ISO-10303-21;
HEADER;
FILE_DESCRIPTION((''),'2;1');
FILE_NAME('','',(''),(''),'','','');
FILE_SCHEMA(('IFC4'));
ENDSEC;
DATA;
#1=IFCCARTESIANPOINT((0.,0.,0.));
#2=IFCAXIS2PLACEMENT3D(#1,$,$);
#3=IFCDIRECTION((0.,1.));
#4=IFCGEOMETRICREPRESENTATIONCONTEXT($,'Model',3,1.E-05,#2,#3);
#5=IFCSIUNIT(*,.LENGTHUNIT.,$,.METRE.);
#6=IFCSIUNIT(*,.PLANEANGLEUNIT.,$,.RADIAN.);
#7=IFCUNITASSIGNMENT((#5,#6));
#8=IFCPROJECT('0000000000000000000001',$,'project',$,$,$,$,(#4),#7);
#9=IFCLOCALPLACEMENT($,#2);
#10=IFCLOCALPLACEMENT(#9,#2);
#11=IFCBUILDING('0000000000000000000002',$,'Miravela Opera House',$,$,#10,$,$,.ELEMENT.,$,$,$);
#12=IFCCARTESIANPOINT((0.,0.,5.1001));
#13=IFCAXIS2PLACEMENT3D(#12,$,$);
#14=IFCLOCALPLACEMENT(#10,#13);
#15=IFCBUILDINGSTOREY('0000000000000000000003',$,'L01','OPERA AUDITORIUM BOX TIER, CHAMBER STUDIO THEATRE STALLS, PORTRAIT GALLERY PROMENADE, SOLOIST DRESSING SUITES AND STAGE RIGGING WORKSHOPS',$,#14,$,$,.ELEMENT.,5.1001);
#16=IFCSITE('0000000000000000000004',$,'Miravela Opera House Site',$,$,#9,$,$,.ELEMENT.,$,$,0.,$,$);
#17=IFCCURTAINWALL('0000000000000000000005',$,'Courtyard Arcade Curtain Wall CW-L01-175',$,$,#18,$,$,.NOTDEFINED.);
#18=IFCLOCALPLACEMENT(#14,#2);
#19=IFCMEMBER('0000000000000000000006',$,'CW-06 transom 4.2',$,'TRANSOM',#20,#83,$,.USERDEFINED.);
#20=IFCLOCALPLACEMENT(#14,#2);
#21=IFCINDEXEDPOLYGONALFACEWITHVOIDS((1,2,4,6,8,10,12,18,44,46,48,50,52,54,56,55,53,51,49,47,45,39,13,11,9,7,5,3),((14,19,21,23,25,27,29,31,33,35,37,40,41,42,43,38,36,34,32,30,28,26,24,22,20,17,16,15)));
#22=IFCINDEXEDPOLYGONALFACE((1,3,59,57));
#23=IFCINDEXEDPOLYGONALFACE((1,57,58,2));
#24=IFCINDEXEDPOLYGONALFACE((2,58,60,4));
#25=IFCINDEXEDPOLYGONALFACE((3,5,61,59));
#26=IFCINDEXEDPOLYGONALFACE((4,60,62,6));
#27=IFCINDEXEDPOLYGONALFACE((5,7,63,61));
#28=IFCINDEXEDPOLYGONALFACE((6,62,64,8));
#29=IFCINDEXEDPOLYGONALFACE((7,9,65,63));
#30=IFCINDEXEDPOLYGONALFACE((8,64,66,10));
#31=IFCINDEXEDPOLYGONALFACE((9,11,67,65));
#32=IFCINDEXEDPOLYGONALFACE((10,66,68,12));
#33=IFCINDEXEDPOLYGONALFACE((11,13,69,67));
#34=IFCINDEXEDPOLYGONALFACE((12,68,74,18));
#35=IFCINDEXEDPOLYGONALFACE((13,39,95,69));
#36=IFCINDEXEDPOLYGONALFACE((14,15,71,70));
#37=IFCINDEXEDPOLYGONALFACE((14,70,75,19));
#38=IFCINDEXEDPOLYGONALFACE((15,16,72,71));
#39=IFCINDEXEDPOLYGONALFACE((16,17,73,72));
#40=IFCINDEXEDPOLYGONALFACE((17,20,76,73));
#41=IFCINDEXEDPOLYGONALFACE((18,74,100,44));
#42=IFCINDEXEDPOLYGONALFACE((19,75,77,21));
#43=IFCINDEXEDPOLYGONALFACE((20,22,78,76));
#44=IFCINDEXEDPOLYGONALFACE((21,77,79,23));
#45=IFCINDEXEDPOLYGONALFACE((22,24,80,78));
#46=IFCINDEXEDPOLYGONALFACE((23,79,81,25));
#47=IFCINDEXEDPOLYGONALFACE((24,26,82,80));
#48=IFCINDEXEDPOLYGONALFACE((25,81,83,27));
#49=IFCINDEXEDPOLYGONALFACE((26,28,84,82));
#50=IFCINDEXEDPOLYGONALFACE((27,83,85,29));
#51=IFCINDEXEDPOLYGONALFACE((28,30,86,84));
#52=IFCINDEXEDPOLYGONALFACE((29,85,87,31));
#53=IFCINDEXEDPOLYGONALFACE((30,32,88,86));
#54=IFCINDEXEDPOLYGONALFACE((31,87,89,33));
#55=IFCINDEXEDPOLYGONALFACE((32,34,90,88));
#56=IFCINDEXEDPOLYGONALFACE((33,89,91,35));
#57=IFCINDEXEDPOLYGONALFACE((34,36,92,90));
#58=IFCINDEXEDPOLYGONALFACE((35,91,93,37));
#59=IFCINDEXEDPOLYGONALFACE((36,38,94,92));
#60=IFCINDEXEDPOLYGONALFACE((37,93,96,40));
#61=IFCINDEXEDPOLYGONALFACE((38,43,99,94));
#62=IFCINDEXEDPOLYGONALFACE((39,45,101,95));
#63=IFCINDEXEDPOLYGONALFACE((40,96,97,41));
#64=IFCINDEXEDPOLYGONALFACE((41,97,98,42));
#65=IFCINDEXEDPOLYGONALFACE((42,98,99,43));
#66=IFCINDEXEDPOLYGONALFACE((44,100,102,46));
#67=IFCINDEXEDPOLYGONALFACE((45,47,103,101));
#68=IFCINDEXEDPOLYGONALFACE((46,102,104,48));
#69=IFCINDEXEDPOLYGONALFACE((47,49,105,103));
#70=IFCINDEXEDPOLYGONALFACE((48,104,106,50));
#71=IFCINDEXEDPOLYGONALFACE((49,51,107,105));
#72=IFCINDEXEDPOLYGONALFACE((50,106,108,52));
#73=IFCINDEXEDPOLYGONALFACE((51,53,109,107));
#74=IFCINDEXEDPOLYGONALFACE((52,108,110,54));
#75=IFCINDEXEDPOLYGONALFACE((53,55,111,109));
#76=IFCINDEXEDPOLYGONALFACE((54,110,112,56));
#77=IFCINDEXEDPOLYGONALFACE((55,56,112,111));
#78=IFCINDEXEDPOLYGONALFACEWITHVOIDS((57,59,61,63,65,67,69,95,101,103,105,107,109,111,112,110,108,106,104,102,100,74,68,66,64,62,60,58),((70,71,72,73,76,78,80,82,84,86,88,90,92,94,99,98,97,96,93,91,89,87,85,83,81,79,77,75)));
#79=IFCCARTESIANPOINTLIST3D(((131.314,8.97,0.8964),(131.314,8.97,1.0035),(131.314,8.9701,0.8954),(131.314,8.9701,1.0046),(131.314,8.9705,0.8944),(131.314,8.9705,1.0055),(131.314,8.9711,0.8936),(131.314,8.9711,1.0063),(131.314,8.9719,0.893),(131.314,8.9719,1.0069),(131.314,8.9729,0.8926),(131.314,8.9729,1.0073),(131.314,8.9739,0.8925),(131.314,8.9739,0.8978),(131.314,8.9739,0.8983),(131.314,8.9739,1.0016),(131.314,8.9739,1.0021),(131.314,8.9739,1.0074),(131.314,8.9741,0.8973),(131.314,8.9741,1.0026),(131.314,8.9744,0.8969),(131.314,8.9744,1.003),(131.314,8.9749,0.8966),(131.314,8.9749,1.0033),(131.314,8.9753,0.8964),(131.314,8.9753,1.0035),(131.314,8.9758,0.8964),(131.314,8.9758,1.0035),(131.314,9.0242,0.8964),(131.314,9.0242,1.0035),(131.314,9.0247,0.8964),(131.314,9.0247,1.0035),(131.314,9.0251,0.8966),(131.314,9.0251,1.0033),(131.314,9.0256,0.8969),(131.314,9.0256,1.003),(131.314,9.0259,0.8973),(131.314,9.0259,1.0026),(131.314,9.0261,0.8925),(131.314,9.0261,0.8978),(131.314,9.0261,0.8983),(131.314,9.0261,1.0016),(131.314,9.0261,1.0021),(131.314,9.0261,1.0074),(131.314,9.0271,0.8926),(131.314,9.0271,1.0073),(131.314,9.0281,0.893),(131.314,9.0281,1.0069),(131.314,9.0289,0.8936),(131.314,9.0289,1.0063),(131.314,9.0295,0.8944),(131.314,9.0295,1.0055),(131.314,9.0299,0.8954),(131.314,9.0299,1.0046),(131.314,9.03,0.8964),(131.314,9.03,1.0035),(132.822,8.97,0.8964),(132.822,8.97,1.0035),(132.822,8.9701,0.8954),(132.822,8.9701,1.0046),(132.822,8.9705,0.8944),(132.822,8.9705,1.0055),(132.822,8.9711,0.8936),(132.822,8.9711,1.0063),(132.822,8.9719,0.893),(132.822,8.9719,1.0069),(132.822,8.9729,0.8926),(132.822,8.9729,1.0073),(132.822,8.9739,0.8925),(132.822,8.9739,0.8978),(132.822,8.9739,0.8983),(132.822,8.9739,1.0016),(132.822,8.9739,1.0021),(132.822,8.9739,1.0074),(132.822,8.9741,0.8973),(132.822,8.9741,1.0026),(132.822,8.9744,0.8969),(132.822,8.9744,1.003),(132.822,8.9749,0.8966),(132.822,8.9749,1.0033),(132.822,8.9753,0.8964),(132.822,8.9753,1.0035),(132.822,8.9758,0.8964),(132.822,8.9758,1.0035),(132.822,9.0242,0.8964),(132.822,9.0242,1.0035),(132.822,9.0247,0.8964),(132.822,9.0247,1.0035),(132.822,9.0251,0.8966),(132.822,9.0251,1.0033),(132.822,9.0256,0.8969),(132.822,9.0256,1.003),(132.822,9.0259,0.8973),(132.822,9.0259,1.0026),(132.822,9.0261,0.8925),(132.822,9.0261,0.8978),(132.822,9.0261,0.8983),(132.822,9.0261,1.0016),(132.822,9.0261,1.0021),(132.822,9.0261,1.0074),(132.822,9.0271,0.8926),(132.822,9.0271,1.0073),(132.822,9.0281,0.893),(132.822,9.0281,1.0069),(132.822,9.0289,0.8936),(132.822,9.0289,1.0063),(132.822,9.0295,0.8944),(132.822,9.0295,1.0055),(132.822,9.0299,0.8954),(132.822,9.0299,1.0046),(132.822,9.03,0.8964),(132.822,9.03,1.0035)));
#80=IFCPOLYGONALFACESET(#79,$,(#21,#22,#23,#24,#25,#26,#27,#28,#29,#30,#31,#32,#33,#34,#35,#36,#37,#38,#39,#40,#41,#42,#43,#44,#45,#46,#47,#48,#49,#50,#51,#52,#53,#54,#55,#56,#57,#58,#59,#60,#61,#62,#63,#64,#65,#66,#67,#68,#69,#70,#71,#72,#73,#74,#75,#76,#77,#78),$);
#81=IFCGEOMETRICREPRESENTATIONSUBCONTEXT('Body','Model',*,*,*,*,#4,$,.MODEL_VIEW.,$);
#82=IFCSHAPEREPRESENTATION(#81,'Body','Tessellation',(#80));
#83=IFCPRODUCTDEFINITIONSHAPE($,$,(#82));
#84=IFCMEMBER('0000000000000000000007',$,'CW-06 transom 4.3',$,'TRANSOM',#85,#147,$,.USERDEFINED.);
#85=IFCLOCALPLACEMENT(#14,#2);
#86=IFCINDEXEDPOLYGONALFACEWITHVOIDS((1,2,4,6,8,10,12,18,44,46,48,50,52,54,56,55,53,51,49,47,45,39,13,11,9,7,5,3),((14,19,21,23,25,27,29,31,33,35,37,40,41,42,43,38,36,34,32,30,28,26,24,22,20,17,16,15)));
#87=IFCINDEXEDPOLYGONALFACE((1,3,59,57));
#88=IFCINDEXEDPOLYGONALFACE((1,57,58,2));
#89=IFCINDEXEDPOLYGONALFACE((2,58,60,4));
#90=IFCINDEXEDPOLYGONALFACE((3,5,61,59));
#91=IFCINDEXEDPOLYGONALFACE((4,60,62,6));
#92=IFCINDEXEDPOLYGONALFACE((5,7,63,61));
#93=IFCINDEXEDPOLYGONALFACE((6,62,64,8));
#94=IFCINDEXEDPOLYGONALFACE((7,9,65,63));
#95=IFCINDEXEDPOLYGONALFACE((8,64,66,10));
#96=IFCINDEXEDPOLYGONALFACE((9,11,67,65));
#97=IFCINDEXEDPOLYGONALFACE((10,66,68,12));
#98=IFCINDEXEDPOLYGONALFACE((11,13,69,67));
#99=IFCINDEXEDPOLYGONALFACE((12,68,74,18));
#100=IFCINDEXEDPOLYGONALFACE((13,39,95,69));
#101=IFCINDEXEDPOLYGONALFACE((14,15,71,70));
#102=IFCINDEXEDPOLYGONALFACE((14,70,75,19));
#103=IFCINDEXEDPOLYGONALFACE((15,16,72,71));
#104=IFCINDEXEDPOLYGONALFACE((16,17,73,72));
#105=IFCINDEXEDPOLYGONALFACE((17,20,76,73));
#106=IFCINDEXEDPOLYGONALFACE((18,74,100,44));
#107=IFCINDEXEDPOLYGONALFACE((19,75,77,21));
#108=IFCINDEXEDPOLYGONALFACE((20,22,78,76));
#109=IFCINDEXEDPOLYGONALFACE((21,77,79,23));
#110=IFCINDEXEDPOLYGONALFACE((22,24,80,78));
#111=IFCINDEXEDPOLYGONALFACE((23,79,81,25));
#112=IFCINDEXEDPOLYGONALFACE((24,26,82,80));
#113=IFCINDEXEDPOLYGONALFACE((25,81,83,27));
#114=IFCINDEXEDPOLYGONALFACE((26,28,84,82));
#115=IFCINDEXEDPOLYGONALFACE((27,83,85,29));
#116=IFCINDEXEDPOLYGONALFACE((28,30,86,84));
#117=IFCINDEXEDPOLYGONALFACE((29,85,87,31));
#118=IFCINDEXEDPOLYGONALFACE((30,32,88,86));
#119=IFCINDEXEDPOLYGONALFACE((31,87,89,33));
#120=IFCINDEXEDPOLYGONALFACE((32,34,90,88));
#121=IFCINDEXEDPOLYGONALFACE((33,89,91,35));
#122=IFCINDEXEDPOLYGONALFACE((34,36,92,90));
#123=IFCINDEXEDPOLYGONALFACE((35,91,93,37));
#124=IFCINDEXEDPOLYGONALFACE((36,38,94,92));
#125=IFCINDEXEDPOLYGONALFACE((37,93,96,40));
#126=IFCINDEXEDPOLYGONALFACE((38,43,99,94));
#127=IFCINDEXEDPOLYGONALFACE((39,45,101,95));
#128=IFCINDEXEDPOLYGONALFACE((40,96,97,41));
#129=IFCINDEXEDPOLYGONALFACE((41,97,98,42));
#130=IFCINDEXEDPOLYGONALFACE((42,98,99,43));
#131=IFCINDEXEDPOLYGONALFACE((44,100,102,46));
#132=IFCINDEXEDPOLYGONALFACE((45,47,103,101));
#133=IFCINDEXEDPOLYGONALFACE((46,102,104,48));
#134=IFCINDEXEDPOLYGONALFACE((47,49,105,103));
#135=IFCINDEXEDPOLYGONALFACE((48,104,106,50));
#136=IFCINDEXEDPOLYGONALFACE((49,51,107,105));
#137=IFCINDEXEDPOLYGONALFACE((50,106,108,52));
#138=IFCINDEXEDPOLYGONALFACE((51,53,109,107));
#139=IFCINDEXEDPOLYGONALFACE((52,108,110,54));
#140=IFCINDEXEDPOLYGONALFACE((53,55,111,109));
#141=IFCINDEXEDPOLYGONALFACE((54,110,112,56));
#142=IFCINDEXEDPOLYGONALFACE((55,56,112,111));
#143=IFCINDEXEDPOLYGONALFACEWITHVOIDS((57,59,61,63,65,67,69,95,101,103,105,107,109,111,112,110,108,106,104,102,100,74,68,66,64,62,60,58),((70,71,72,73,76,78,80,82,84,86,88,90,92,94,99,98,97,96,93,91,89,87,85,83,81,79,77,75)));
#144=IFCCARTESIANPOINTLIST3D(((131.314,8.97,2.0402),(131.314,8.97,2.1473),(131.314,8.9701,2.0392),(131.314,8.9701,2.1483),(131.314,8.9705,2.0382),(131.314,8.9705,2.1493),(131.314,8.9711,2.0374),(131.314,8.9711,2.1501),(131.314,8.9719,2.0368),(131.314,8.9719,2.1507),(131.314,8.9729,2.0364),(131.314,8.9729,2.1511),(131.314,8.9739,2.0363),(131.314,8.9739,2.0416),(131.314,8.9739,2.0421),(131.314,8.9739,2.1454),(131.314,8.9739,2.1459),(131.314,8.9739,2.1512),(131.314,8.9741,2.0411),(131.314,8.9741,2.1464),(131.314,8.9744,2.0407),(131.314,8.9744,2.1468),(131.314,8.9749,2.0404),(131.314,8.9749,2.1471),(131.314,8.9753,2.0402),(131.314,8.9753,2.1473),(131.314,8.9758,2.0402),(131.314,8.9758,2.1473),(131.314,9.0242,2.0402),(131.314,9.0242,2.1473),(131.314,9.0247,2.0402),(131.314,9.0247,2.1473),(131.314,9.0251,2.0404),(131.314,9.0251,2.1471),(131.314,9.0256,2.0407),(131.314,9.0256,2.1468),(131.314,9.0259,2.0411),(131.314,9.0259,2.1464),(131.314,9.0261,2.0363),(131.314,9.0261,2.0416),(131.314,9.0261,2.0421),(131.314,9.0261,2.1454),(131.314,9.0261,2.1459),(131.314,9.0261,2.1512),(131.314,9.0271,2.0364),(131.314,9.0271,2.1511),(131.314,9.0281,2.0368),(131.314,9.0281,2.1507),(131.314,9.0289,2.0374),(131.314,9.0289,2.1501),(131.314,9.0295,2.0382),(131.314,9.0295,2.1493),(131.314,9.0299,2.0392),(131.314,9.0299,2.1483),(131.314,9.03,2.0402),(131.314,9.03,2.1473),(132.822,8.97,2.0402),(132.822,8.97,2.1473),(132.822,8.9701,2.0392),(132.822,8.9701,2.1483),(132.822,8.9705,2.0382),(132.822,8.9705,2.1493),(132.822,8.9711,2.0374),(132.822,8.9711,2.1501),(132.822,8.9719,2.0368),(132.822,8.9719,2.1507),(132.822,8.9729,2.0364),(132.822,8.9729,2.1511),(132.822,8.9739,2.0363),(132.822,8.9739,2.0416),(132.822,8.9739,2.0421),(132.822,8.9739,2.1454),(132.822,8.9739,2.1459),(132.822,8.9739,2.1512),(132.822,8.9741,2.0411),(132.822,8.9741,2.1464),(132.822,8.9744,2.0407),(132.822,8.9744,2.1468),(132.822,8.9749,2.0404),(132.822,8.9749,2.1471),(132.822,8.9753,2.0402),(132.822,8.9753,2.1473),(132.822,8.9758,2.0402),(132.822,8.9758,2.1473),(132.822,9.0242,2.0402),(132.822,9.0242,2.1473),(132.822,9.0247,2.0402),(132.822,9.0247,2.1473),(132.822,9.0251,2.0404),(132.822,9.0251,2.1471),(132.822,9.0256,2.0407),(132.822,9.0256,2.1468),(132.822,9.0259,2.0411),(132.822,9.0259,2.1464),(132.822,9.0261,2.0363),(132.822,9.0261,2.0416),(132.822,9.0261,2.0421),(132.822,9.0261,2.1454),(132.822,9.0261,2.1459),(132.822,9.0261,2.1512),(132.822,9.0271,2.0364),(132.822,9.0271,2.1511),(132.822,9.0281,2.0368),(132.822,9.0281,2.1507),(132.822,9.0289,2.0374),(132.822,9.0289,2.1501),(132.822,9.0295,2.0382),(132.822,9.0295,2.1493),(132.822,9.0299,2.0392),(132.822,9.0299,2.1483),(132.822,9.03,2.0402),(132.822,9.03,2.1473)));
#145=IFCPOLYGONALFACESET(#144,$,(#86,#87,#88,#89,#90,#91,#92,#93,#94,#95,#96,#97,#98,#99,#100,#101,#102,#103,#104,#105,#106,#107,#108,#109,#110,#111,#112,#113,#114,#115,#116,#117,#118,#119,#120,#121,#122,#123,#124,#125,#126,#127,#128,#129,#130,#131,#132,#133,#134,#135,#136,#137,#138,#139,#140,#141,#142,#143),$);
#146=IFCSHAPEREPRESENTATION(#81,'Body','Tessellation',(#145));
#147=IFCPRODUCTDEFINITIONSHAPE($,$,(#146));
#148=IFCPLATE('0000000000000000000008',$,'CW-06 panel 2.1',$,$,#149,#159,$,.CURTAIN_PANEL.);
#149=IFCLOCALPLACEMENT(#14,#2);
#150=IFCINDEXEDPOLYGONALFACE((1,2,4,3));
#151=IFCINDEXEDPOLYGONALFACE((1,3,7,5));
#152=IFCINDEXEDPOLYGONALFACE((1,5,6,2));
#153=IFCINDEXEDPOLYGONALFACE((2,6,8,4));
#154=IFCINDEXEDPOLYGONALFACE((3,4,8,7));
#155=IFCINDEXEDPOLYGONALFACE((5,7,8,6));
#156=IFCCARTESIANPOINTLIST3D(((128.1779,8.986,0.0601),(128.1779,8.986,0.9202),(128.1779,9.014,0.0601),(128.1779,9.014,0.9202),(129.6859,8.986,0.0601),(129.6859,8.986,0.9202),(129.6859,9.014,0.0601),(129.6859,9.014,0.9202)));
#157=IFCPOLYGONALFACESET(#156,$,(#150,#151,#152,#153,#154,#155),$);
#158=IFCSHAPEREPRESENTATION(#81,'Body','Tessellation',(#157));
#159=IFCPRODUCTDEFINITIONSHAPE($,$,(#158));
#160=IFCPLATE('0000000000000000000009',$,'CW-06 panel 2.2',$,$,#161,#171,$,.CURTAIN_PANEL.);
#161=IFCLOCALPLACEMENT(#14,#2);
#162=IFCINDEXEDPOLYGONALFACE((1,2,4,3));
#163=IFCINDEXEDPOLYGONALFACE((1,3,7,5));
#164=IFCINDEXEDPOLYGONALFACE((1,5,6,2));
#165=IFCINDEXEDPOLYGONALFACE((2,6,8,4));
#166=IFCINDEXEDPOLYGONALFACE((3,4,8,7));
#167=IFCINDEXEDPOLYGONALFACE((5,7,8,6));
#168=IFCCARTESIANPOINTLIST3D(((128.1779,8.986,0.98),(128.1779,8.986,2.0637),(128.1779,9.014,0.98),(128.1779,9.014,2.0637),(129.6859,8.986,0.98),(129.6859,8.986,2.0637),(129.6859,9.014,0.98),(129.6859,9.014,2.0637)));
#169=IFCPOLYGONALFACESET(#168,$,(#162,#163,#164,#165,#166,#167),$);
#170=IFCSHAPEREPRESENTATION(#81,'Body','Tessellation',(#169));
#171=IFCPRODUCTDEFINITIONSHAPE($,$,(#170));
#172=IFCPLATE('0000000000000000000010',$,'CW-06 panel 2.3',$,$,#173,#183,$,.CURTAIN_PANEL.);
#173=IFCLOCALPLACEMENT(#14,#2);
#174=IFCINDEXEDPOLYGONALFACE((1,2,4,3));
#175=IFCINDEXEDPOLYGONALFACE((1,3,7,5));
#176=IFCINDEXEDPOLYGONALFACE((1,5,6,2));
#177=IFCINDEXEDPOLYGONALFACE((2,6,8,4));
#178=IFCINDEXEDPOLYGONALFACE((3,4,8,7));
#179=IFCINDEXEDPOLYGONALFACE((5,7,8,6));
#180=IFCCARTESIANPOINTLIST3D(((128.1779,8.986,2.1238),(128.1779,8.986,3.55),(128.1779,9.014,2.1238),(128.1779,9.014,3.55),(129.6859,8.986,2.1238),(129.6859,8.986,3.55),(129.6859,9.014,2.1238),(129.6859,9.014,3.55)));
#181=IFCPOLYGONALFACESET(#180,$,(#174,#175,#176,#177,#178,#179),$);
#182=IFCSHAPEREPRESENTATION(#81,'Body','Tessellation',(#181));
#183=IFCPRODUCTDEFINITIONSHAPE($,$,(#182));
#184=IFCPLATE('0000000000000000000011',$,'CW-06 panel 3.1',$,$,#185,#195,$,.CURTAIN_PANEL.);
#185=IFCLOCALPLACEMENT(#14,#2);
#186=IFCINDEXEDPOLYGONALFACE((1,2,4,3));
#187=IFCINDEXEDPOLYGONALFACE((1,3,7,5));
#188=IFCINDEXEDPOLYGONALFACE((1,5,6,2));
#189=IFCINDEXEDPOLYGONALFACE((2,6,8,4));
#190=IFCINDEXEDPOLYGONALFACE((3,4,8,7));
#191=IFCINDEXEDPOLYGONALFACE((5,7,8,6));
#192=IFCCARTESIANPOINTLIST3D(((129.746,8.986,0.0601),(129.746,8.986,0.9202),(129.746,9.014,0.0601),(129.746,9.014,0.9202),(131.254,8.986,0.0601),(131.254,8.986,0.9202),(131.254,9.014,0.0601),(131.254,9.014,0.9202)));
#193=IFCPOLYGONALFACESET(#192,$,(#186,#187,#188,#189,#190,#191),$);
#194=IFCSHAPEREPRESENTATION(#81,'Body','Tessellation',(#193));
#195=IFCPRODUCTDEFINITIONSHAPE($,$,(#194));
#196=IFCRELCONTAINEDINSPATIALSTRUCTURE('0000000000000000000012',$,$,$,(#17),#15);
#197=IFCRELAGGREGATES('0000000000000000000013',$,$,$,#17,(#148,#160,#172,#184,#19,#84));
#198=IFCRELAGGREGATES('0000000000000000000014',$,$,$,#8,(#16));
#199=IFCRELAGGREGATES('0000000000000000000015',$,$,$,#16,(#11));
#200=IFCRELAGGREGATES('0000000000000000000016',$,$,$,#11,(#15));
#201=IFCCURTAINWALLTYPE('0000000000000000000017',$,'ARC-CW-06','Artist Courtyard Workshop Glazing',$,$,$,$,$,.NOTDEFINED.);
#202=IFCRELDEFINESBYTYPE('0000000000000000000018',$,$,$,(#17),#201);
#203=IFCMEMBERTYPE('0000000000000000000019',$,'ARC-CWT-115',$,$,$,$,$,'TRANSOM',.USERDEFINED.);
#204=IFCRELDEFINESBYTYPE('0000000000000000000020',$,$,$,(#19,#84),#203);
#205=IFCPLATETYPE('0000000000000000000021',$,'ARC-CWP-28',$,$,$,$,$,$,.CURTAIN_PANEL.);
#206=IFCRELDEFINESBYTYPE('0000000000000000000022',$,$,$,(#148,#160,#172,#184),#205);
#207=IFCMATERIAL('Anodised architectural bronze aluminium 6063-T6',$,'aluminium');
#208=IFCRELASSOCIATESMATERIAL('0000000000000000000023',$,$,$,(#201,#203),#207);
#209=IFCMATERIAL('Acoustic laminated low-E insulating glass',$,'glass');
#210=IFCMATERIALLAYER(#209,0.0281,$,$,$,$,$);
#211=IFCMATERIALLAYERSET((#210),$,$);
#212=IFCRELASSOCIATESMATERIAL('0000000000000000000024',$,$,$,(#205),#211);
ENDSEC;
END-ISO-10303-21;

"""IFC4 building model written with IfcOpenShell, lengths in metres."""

from ifc_helpers import new_model, si_unit, direction, frame, origin, origin_2d, place, context, subcontext, project, spatial, rectangle, hollow_rectangle, extrude, material, layer, layer_set, material_profile, profile_set, type_object, element, aggregate, save


model = new_model("IFC4")

# Units and contexts
model_context = context("Model", 3, precision=1e-05, world=origin(), true_north=direction((0.0, 1.0)))
body_context = subcontext(model_context, "Body", "Model", "MODEL_VIEW")
ifc_project = project(units=[si_unit("LENGTHUNIT", "METRE"), si_unit("PLANEANGLEUNIT", "RADIAN")], contexts=[model_context])

# Site, building, storey
site_placement = place(None, origin())
site = spatial("IfcSite", under=ifc_project, at=site_placement, Name="Miravela Opera House Site", CompositionType="ELEMENT", RefElevation=0.0)
building_placement = place(site_placement, origin())
building = spatial("IfcBuilding", under=site, at=building_placement, Name="Miravela Opera House", CompositionType="ELEMENT")
storey_placement = place(building_placement, frame((0.0, 0.0, 5.1001)))
storey = spatial("IfcBuildingStorey", under=building, at=storey_placement, Name="L01", Description="OPERA AUDITORIUM BOX TIER, CHAMBER STUDIO THEATRE STALLS, PORTRAIT GALLERY PROMENADE, SOLOIST DRESSING SUITES AND STAGE RIGGING WORKSHOPS", CompositionType="ELEMENT", Elevation=5.1001)

# Shared definitions
ifc_material_1 = material(Name="Anodised architectural bronze aluminium 6063-T6", Category="aluminium")
curtain_wall_type = type_object("IfcCurtainWallType", Name="ARC-CW-06", Description="Artist Courtyard Workshop Glazing", PredefinedType="NOTDEFINED", material=ifc_material_1)

# Curtain wall
curtain_wall_1_placement = place(storey_placement, origin())
curtain_wall_1 = element("IfcCurtainWall", 1, at=curtain_wall_1_placement, inside=storey, type_object=curtain_wall_type, Name="Courtyard Arcade Curtain Wall CW-L01-175", PredefinedType="NOTDEFINED")

# Members
ifc_material_profile_1 = material_profile(ifc_material_1, hollow_rectangle(XDim=0.0601, YDim=0.115, WallThickness=0.0039, InnerFilletRadius=0.002, OuterFilletRadius=0.0039, at=origin_2d()), Name="CWT-60X115")
ifc_profile_set_1 = profile_set([ifc_material_profile_1])
member_type_1 = type_object("IfcMemberType", Name="ARC-CWT-115", ElementType="TRANSOM", PredefinedType="USERDEFINED", material=ifc_profile_set_1)
member_1_placement = place(storey_placement, frame((131.314, 9.0, 0.95), z_axis=(1.0, 0.0, 0.0), x_axis=(0.0, 1.0, 0.0)))
member_1 = element("IfcMember", 2, at=member_1_placement, type_object=member_type_1, Name="CW-06 transom 4.2", ObjectType="TRANSOM", PredefinedType="USERDEFINED", context=body_context, shape_type="SweptSolid", body=[
    extrude(hollow_rectangle(XDim=0.0601, YDim=0.115, WallThickness=0.0039, InnerFilletRadius=0.002, OuterFilletRadius=0.0039, at=origin_2d()), origin(), (0.0, 0.0, 1.0), 1.5081),
])
member_2_placement = place(storey_placement, frame((131.314, 9.0, 2.0938), z_axis=(1.0, 0.0, 0.0), x_axis=(0.0, 1.0, 0.0)))
member_2 = element("IfcMember", 3, at=member_2_placement, type_object=member_type_1, Name="CW-06 transom 4.3", ObjectType="TRANSOM", PredefinedType="USERDEFINED", context=body_context, shape_type="SweptSolid", body=[
    extrude(hollow_rectangle(XDim=0.0601, YDim=0.115, WallThickness=0.0039, InnerFilletRadius=0.002, OuterFilletRadius=0.0039, at=origin_2d()), origin(), (0.0, 0.0, 1.0), 1.5081),
])

# Plates
ifc_material_2 = material(Name="Acoustic laminated low-E insulating glass", Category="glass")
ifc_layer = layer(ifc_material_2, 0.0281)
ifc_layer_set = layer_set([ifc_layer])
plate_type = type_object("IfcPlateType", Name="ARC-CWP-28", PredefinedType="CURTAIN_PANEL", material=ifc_layer_set)
plate_1_placement = place(storey_placement, frame((128.9319, 9.0, 0.0601), z_axis=(0.0, 0.0, 1.0), x_axis=(1.0, 0.0, 0.0)))
plate_1 = element("IfcPlate", 4, at=plate_1_placement, type_object=plate_type, Name="CW-06 panel 2.1", PredefinedType="CURTAIN_PANEL", context=body_context, shape_type="SweptSolid", body=[
    extrude(rectangle(XDim=1.5081, YDim=0.0281, at=origin_2d()), origin(), (0.0, 0.0, 1.0), 0.8601),
])
plate_2_placement = place(storey_placement, frame((128.9319, 9.0, 0.98), z_axis=(0.0, 0.0, 1.0), x_axis=(1.0, 0.0, 0.0)))
plate_2 = element("IfcPlate", 5, at=plate_2_placement, type_object=plate_type, Name="CW-06 panel 2.2", PredefinedType="CURTAIN_PANEL", context=body_context, shape_type="SweptSolid", body=[
    extrude(rectangle(XDim=1.5081, YDim=0.0281, at=origin_2d()), origin(), (0.0, 0.0, 1.0), 1.0837),
])
plate_3_placement = place(storey_placement, frame((128.9319, 9.0, 2.1238), z_axis=(0.0, 0.0, 1.0), x_axis=(1.0, 0.0, 0.0)))
plate_3 = element("IfcPlate", 6, at=plate_3_placement, type_object=plate_type, Name="CW-06 panel 2.3", PredefinedType="CURTAIN_PANEL", context=body_context, shape_type="SweptSolid", body=[
    extrude(rectangle(XDim=1.5081, YDim=0.0281, at=origin_2d()), origin(), (0.0, 0.0, 1.0), 1.4263),
])
plate_4_placement = place(storey_placement, frame((130.5, 9.0, 0.0601), z_axis=(0.0, 0.0, 1.0), x_axis=(1.0, 0.0, 0.0)))
plate_4 = element("IfcPlate", 7, at=plate_4_placement, type_object=plate_type, Name="CW-06 panel 3.1", PredefinedType="CURTAIN_PANEL", context=body_context, shape_type="SweptSolid", body=[
    extrude(rectangle(XDim=1.5081, YDim=0.0281, at=origin_2d()), origin(), (0.0, 0.0, 1.0), 0.8601),
])
aggregate(curtain_wall_1, [plate_1, plate_2, plate_3, plate_4, member_1, member_2])

save(model, "model.ifc")
